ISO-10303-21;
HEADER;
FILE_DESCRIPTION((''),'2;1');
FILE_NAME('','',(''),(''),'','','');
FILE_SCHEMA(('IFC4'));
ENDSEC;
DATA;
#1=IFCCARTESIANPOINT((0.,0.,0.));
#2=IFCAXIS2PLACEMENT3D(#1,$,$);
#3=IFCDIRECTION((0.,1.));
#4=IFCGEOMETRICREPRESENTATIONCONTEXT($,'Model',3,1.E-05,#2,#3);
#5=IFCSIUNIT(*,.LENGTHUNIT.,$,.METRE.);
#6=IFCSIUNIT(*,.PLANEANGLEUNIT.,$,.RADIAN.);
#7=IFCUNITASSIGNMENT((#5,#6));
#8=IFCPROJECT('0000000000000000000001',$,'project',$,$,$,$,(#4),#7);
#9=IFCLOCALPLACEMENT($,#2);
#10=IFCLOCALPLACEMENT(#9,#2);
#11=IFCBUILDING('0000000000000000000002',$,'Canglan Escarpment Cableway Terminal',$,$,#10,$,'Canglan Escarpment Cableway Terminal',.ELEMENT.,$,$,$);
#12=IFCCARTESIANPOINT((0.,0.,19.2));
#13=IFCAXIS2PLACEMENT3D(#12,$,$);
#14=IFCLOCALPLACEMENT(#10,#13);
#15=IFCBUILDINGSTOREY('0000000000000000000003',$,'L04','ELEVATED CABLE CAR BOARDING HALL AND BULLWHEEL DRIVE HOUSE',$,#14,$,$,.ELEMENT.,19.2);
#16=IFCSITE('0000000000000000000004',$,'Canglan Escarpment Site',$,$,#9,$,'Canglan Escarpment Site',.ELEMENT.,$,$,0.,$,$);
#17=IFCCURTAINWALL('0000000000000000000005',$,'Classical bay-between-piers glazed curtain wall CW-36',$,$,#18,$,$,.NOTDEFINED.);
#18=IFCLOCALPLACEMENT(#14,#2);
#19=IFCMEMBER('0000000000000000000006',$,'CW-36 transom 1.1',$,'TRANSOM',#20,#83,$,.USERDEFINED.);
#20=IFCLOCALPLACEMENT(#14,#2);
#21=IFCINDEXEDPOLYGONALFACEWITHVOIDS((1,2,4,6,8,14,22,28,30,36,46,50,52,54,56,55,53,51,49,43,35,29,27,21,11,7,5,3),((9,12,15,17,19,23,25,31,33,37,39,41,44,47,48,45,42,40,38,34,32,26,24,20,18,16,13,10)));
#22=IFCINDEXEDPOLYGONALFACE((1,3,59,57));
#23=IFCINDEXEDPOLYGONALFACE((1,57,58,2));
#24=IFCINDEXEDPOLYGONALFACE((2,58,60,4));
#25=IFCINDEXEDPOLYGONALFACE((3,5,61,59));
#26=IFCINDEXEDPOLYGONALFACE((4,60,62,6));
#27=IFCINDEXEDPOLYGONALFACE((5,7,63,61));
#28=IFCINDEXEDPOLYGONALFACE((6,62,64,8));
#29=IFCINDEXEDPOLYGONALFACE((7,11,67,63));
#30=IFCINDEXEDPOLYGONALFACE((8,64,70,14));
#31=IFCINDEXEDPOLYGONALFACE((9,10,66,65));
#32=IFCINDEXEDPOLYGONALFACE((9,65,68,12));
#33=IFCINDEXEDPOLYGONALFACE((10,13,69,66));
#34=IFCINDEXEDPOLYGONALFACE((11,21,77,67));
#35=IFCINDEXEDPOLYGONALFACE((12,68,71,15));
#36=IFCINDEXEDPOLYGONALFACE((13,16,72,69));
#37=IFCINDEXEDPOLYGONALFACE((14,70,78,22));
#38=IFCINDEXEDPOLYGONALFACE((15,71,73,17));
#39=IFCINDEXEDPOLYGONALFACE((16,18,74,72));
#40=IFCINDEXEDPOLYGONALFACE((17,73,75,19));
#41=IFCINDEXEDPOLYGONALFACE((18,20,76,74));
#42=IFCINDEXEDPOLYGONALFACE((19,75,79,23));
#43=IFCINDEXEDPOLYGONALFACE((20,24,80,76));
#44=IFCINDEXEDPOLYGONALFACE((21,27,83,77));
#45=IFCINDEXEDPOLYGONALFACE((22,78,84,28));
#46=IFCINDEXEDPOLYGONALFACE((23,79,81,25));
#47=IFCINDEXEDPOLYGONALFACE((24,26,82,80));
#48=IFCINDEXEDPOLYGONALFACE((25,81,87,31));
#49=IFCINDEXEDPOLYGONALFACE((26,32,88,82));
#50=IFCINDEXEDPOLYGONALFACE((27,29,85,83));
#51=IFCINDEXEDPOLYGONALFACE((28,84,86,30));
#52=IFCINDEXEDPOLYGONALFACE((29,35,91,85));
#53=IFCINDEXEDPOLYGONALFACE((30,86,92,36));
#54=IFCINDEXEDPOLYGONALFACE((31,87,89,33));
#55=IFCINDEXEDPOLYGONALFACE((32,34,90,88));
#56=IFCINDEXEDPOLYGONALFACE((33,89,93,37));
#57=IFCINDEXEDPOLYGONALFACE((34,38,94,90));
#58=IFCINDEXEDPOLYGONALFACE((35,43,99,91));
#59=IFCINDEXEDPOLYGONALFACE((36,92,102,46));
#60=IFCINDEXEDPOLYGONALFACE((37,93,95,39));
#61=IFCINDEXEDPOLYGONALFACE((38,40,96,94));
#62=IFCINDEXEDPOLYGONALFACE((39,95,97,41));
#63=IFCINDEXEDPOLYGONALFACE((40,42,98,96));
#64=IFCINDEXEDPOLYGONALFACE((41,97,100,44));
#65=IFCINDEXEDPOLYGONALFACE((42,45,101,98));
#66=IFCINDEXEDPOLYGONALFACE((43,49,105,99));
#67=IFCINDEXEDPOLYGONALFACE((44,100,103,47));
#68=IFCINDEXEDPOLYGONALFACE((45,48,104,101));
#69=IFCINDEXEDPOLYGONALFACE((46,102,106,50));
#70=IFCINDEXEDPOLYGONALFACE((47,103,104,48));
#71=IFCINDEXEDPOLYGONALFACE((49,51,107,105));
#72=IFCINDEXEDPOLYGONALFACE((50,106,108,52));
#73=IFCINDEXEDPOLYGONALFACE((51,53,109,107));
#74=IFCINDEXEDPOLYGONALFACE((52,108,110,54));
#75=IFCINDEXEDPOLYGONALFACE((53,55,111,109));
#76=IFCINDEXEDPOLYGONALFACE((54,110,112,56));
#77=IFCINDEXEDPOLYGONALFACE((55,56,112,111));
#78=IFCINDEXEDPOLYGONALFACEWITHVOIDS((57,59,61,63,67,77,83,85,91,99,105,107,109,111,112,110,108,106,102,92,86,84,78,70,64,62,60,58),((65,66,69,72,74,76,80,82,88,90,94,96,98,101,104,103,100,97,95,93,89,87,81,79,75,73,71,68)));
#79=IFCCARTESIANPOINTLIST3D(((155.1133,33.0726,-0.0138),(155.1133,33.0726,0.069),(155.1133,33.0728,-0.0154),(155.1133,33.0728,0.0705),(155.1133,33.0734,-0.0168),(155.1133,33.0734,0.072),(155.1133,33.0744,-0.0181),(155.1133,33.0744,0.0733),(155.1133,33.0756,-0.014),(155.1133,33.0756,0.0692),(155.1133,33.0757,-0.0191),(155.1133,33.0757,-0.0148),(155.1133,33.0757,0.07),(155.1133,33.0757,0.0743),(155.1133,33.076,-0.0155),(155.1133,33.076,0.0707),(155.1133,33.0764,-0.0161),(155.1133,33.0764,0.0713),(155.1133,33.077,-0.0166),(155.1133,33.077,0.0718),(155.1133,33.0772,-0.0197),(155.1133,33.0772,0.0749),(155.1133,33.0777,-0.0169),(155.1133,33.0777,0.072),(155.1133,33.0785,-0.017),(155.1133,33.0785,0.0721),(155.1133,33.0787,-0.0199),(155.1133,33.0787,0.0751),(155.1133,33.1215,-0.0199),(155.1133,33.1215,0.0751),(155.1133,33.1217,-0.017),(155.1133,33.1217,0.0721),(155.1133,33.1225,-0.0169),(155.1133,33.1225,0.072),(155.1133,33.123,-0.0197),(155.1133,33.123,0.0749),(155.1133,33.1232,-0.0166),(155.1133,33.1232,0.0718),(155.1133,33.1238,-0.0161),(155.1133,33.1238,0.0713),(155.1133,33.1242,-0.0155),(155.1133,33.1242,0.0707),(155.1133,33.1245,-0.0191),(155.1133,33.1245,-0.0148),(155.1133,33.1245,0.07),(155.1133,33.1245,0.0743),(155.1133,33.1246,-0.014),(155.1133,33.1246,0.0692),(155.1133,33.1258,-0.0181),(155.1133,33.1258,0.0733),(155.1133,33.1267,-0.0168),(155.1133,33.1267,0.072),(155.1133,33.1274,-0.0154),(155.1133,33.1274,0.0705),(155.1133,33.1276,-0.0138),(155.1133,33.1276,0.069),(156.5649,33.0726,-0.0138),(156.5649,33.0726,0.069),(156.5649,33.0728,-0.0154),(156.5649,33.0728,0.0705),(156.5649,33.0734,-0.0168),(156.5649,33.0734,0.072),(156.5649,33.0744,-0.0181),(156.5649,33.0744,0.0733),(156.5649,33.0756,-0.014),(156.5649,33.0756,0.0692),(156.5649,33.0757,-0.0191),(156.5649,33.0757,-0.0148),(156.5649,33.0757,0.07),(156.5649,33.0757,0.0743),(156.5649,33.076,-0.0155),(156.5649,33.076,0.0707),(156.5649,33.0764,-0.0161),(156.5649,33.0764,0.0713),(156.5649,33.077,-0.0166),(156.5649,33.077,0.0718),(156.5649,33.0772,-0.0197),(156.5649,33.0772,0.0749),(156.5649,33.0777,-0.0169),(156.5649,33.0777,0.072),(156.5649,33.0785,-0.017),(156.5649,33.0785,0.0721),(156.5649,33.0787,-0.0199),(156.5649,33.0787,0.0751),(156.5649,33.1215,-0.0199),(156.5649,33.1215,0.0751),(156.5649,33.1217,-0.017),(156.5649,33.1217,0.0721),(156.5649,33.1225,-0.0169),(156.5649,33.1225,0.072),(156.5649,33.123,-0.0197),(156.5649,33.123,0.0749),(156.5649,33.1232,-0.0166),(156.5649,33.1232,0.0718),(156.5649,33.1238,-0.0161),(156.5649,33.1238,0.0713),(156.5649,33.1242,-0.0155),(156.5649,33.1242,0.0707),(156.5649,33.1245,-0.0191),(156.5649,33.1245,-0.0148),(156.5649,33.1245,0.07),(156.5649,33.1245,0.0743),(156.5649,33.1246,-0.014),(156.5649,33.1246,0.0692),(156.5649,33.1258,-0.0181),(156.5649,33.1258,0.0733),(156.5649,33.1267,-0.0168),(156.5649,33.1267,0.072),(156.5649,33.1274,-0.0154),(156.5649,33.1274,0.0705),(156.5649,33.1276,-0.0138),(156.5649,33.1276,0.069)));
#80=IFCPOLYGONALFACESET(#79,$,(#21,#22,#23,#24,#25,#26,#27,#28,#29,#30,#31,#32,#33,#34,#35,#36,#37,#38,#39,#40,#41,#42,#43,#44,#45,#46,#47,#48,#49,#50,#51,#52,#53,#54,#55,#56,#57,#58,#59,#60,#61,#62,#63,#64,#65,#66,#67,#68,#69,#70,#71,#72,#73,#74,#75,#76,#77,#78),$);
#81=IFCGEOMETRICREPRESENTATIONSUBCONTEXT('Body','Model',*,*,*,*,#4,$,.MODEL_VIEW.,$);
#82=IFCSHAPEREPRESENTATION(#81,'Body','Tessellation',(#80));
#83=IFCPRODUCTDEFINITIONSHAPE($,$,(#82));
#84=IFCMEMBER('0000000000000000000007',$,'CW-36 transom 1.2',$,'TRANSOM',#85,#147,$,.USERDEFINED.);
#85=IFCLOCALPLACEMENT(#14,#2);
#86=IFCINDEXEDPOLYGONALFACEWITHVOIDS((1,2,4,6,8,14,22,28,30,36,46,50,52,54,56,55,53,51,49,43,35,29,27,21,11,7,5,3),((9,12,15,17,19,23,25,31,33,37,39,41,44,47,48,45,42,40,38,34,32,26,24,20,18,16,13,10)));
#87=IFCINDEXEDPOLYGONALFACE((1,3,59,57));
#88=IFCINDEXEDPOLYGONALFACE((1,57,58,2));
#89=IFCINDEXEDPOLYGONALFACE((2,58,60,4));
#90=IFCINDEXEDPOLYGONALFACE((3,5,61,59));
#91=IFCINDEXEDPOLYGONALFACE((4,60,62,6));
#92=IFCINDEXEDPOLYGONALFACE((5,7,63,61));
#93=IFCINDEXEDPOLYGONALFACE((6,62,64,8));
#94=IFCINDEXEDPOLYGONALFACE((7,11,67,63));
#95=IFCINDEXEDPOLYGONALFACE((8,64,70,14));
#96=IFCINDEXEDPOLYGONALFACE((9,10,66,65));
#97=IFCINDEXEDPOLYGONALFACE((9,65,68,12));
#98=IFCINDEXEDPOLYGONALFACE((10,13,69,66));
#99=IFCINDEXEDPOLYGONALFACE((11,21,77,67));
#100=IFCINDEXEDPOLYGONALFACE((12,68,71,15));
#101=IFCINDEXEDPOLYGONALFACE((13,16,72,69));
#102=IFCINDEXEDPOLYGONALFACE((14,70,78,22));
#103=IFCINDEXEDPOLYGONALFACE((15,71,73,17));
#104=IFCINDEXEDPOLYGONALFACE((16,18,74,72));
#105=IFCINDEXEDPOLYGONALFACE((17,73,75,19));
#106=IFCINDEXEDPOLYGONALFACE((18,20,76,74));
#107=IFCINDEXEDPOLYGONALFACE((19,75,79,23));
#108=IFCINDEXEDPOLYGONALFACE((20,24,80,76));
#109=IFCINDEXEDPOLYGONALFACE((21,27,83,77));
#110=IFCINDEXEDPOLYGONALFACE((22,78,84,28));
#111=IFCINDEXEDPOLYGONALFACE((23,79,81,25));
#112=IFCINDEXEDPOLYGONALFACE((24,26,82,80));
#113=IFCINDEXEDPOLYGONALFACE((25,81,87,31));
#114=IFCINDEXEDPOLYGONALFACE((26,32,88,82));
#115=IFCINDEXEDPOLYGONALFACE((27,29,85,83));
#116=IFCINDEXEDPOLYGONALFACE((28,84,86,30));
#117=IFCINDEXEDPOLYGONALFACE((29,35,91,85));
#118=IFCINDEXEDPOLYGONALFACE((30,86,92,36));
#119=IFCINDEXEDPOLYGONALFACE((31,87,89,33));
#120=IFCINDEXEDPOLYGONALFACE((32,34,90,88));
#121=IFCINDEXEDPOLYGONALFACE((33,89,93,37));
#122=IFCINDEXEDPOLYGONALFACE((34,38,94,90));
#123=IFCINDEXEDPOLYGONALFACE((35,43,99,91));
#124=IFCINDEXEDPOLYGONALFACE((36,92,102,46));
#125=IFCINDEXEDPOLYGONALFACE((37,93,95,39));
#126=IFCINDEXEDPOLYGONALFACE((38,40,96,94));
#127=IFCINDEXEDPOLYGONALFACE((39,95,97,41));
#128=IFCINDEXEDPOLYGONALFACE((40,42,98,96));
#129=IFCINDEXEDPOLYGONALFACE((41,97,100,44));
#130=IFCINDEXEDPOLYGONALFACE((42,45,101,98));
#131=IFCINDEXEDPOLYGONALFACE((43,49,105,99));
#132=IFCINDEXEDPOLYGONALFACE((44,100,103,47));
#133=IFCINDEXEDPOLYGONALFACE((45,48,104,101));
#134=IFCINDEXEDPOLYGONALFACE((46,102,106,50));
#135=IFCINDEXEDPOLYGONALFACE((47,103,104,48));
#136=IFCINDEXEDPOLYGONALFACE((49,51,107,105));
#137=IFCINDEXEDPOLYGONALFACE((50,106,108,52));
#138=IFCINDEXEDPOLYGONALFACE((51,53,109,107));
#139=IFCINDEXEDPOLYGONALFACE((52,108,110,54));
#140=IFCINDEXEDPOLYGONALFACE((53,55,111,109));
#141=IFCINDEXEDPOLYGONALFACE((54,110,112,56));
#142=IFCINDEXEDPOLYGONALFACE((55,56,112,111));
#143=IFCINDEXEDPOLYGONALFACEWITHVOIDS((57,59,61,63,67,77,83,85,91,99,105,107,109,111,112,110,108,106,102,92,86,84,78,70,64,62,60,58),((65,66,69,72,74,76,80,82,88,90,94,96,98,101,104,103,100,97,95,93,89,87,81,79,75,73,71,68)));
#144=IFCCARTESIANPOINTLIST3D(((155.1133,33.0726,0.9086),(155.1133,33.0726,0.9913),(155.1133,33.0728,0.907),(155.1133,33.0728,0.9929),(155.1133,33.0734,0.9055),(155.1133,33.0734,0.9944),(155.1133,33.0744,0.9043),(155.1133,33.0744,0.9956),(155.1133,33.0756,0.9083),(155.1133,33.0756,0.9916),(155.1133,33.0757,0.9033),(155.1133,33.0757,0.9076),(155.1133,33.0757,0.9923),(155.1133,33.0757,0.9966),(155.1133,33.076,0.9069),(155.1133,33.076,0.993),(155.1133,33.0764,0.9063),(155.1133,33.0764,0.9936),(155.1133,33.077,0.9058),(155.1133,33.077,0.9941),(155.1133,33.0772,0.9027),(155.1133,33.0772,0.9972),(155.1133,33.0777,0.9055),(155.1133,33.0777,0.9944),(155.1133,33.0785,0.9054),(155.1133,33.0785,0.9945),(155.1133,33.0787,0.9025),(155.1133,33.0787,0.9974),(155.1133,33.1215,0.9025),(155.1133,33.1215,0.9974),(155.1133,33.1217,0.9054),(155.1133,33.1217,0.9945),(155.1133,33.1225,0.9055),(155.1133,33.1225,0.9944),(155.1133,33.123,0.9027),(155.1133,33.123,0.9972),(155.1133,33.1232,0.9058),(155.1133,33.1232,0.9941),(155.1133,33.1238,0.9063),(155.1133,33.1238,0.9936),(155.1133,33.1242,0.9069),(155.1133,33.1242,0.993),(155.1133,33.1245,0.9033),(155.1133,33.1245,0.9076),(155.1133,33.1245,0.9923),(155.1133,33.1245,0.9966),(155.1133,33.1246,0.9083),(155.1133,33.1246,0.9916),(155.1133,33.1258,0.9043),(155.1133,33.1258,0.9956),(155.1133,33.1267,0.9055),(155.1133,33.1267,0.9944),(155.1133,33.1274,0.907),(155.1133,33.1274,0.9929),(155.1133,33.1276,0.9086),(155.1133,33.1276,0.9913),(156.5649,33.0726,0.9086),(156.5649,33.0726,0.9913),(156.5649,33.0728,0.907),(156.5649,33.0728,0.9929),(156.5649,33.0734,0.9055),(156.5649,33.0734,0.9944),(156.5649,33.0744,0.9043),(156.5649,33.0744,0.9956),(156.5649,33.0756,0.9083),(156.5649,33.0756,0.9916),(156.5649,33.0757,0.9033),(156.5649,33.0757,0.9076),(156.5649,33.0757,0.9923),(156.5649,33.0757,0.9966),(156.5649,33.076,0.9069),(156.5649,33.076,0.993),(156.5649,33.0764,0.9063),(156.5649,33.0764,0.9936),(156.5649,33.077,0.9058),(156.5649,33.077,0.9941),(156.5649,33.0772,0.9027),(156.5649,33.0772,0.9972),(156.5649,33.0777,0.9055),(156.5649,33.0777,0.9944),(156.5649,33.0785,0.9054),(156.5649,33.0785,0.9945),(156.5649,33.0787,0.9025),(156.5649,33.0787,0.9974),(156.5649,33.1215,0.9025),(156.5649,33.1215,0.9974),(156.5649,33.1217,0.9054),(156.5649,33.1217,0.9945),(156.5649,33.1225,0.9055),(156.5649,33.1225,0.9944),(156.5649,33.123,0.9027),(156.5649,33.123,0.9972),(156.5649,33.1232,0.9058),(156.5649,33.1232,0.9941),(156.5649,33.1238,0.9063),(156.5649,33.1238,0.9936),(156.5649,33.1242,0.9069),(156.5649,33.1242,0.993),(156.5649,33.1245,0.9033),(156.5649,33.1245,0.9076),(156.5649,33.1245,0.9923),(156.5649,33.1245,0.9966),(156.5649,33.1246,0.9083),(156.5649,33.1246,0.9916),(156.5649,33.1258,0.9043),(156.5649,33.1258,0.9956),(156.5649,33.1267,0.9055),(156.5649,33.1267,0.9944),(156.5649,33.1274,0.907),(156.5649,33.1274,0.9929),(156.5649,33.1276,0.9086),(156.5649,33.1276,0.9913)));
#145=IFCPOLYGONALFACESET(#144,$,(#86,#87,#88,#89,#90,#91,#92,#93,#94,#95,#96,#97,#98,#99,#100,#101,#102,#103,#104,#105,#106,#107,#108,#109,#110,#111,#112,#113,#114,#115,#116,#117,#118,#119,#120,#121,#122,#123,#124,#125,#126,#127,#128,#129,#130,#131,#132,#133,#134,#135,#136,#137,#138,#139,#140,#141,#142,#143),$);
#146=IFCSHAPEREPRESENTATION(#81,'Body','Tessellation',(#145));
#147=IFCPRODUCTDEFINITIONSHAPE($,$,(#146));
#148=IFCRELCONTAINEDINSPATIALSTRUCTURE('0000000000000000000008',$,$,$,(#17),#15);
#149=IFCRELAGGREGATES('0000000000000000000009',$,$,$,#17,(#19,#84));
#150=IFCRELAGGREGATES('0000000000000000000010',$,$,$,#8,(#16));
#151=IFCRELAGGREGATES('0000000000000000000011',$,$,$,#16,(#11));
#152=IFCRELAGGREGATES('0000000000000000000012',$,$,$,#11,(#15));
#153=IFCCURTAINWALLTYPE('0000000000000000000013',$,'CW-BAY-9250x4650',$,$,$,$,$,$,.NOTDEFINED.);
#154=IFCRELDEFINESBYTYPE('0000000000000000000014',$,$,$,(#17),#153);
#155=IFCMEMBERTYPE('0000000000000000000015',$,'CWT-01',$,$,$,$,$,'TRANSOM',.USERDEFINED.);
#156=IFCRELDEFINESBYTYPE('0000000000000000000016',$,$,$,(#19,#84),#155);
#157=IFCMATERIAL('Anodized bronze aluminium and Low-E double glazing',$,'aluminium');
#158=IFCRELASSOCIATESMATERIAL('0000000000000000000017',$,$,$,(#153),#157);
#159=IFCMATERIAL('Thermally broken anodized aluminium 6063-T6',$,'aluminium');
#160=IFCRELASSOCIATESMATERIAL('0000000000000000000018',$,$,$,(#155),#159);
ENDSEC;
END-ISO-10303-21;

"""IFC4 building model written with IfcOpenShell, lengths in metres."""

from ifc_helpers import new_model, si_unit, direction, frame, origin, origin_2d, place, context, subcontext, project, spatial, hollow_rectangle, extrude, material, material_profile, profile_set, type_object, element, aggregate, save


model = new_model("IFC4")

# Units and contexts
model_context = context("Model", 3, precision=1e-05, world=origin(), true_north=direction((0.0, 1.0)))
body_context = subcontext(model_context, "Body", "Model", "MODEL_VIEW")
ifc_project = project(units=[si_unit("LENGTHUNIT", "METRE"), si_unit("PLANEANGLEUNIT", "RADIAN")], contexts=[model_context])

# Site, building, storey
site_placement = place(None, origin())
site = spatial("IfcSite", under=ifc_project, at=site_placement, Name="Canglan Escarpment Site", LongName="Canglan Escarpment Site", CompositionType="ELEMENT", RefElevation=0.0)
building_placement = place(site_placement, origin())
building = spatial("IfcBuilding", under=site, at=building_placement, Name="Canglan Escarpment Cableway Terminal", LongName="Canglan Escarpment Cableway Terminal", CompositionType="ELEMENT")
storey_placement = place(building_placement, frame((0.0, 0.0, 19.2)))
storey = spatial("IfcBuildingStorey", under=building, at=storey_placement, Name="L04", Description="ELEVATED CABLE CAR BOARDING HALL AND BULLWHEEL DRIVE HOUSE", CompositionType="ELEMENT", Elevation=19.2)

# Curtain wall, members
ifc_material_1 = material(Name="Anodized bronze aluminium and Low-E double glazing", Category="aluminium")
curtain_wall_type = type_object("IfcCurtainWallType", Name="CW-BAY-9250x4650", PredefinedType="NOTDEFINED", material=ifc_material_1)
curtain_wall_placement = place(storey_placement, origin())
curtain_wall = element("IfcCurtainWall", 1, at=curtain_wall_placement, inside=storey, type_object=curtain_wall_type, Name="Classical bay-between-piers glazed curtain wall CW-36", PredefinedType="NOTDEFINED")
ifc_material_2 = material(Name="Thermally broken anodized aluminium 6063-T6", Category="aluminium")
ifc_material_profile_1 = material_profile(ifc_material_2, hollow_rectangle(XDim=0.0549, YDim=0.095, WallThickness=0.0029, InnerFilletRadius=0.0029, OuterFilletRadius=0.0061, at=origin_2d()), Name="ALU-TRAN 55x95x3")
ifc_profile_set_1 = profile_set([ifc_material_profile_1], Name="Thermally broken anodized aluminium 6063-T6")
member_type_1 = type_object("IfcMemberType", Name="CWT-01", ElementType="TRANSOM", PredefinedType="USERDEFINED", material=ifc_profile_set_1)
member_1_placement = place(storey_placement, frame((156.5649, 33.1001, 0.0276), z_axis=(-1.0, 0.0, 0.0), x_axis=(0.0, -1.0, 0.0)))
member_1 = element("IfcMember", 2, at=member_1_placement, type_object=member_type_1, Name="CW-36 transom 1.1", ObjectType="TRANSOM", PredefinedType="USERDEFINED", context=body_context, shape_type="SweptSolid", body=[
    extrude(hollow_rectangle(XDim=0.0549, YDim=0.095, WallThickness=0.0029, InnerFilletRadius=0.0029, OuterFilletRadius=0.0061, at=origin_2d()), origin(), (0.0, 0.0, 1.0), 1.4517),
])
member_2_placement = place(storey_placement, frame((156.5649, 33.1001, 0.95), z_axis=(-1.0, 0.0, 0.0), x_axis=(0.0, -1.0, 0.0)))
member_2 = element("IfcMember", 3, at=member_2_placement, type_object=member_type_1, Name="CW-36 transom 1.2", ObjectType="TRANSOM", PredefinedType="USERDEFINED", context=body_context, shape_type="SweptSolid", body=[
    extrude(hollow_rectangle(XDim=0.0549, YDim=0.095, WallThickness=0.0029, InnerFilletRadius=0.0029, OuterFilletRadius=0.0061, at=origin_2d()), origin(), (0.0, 0.0, 1.0), 1.4517),
])
aggregate(curtain_wall, [member_1, member_2])

save(model, "model.ifc")
